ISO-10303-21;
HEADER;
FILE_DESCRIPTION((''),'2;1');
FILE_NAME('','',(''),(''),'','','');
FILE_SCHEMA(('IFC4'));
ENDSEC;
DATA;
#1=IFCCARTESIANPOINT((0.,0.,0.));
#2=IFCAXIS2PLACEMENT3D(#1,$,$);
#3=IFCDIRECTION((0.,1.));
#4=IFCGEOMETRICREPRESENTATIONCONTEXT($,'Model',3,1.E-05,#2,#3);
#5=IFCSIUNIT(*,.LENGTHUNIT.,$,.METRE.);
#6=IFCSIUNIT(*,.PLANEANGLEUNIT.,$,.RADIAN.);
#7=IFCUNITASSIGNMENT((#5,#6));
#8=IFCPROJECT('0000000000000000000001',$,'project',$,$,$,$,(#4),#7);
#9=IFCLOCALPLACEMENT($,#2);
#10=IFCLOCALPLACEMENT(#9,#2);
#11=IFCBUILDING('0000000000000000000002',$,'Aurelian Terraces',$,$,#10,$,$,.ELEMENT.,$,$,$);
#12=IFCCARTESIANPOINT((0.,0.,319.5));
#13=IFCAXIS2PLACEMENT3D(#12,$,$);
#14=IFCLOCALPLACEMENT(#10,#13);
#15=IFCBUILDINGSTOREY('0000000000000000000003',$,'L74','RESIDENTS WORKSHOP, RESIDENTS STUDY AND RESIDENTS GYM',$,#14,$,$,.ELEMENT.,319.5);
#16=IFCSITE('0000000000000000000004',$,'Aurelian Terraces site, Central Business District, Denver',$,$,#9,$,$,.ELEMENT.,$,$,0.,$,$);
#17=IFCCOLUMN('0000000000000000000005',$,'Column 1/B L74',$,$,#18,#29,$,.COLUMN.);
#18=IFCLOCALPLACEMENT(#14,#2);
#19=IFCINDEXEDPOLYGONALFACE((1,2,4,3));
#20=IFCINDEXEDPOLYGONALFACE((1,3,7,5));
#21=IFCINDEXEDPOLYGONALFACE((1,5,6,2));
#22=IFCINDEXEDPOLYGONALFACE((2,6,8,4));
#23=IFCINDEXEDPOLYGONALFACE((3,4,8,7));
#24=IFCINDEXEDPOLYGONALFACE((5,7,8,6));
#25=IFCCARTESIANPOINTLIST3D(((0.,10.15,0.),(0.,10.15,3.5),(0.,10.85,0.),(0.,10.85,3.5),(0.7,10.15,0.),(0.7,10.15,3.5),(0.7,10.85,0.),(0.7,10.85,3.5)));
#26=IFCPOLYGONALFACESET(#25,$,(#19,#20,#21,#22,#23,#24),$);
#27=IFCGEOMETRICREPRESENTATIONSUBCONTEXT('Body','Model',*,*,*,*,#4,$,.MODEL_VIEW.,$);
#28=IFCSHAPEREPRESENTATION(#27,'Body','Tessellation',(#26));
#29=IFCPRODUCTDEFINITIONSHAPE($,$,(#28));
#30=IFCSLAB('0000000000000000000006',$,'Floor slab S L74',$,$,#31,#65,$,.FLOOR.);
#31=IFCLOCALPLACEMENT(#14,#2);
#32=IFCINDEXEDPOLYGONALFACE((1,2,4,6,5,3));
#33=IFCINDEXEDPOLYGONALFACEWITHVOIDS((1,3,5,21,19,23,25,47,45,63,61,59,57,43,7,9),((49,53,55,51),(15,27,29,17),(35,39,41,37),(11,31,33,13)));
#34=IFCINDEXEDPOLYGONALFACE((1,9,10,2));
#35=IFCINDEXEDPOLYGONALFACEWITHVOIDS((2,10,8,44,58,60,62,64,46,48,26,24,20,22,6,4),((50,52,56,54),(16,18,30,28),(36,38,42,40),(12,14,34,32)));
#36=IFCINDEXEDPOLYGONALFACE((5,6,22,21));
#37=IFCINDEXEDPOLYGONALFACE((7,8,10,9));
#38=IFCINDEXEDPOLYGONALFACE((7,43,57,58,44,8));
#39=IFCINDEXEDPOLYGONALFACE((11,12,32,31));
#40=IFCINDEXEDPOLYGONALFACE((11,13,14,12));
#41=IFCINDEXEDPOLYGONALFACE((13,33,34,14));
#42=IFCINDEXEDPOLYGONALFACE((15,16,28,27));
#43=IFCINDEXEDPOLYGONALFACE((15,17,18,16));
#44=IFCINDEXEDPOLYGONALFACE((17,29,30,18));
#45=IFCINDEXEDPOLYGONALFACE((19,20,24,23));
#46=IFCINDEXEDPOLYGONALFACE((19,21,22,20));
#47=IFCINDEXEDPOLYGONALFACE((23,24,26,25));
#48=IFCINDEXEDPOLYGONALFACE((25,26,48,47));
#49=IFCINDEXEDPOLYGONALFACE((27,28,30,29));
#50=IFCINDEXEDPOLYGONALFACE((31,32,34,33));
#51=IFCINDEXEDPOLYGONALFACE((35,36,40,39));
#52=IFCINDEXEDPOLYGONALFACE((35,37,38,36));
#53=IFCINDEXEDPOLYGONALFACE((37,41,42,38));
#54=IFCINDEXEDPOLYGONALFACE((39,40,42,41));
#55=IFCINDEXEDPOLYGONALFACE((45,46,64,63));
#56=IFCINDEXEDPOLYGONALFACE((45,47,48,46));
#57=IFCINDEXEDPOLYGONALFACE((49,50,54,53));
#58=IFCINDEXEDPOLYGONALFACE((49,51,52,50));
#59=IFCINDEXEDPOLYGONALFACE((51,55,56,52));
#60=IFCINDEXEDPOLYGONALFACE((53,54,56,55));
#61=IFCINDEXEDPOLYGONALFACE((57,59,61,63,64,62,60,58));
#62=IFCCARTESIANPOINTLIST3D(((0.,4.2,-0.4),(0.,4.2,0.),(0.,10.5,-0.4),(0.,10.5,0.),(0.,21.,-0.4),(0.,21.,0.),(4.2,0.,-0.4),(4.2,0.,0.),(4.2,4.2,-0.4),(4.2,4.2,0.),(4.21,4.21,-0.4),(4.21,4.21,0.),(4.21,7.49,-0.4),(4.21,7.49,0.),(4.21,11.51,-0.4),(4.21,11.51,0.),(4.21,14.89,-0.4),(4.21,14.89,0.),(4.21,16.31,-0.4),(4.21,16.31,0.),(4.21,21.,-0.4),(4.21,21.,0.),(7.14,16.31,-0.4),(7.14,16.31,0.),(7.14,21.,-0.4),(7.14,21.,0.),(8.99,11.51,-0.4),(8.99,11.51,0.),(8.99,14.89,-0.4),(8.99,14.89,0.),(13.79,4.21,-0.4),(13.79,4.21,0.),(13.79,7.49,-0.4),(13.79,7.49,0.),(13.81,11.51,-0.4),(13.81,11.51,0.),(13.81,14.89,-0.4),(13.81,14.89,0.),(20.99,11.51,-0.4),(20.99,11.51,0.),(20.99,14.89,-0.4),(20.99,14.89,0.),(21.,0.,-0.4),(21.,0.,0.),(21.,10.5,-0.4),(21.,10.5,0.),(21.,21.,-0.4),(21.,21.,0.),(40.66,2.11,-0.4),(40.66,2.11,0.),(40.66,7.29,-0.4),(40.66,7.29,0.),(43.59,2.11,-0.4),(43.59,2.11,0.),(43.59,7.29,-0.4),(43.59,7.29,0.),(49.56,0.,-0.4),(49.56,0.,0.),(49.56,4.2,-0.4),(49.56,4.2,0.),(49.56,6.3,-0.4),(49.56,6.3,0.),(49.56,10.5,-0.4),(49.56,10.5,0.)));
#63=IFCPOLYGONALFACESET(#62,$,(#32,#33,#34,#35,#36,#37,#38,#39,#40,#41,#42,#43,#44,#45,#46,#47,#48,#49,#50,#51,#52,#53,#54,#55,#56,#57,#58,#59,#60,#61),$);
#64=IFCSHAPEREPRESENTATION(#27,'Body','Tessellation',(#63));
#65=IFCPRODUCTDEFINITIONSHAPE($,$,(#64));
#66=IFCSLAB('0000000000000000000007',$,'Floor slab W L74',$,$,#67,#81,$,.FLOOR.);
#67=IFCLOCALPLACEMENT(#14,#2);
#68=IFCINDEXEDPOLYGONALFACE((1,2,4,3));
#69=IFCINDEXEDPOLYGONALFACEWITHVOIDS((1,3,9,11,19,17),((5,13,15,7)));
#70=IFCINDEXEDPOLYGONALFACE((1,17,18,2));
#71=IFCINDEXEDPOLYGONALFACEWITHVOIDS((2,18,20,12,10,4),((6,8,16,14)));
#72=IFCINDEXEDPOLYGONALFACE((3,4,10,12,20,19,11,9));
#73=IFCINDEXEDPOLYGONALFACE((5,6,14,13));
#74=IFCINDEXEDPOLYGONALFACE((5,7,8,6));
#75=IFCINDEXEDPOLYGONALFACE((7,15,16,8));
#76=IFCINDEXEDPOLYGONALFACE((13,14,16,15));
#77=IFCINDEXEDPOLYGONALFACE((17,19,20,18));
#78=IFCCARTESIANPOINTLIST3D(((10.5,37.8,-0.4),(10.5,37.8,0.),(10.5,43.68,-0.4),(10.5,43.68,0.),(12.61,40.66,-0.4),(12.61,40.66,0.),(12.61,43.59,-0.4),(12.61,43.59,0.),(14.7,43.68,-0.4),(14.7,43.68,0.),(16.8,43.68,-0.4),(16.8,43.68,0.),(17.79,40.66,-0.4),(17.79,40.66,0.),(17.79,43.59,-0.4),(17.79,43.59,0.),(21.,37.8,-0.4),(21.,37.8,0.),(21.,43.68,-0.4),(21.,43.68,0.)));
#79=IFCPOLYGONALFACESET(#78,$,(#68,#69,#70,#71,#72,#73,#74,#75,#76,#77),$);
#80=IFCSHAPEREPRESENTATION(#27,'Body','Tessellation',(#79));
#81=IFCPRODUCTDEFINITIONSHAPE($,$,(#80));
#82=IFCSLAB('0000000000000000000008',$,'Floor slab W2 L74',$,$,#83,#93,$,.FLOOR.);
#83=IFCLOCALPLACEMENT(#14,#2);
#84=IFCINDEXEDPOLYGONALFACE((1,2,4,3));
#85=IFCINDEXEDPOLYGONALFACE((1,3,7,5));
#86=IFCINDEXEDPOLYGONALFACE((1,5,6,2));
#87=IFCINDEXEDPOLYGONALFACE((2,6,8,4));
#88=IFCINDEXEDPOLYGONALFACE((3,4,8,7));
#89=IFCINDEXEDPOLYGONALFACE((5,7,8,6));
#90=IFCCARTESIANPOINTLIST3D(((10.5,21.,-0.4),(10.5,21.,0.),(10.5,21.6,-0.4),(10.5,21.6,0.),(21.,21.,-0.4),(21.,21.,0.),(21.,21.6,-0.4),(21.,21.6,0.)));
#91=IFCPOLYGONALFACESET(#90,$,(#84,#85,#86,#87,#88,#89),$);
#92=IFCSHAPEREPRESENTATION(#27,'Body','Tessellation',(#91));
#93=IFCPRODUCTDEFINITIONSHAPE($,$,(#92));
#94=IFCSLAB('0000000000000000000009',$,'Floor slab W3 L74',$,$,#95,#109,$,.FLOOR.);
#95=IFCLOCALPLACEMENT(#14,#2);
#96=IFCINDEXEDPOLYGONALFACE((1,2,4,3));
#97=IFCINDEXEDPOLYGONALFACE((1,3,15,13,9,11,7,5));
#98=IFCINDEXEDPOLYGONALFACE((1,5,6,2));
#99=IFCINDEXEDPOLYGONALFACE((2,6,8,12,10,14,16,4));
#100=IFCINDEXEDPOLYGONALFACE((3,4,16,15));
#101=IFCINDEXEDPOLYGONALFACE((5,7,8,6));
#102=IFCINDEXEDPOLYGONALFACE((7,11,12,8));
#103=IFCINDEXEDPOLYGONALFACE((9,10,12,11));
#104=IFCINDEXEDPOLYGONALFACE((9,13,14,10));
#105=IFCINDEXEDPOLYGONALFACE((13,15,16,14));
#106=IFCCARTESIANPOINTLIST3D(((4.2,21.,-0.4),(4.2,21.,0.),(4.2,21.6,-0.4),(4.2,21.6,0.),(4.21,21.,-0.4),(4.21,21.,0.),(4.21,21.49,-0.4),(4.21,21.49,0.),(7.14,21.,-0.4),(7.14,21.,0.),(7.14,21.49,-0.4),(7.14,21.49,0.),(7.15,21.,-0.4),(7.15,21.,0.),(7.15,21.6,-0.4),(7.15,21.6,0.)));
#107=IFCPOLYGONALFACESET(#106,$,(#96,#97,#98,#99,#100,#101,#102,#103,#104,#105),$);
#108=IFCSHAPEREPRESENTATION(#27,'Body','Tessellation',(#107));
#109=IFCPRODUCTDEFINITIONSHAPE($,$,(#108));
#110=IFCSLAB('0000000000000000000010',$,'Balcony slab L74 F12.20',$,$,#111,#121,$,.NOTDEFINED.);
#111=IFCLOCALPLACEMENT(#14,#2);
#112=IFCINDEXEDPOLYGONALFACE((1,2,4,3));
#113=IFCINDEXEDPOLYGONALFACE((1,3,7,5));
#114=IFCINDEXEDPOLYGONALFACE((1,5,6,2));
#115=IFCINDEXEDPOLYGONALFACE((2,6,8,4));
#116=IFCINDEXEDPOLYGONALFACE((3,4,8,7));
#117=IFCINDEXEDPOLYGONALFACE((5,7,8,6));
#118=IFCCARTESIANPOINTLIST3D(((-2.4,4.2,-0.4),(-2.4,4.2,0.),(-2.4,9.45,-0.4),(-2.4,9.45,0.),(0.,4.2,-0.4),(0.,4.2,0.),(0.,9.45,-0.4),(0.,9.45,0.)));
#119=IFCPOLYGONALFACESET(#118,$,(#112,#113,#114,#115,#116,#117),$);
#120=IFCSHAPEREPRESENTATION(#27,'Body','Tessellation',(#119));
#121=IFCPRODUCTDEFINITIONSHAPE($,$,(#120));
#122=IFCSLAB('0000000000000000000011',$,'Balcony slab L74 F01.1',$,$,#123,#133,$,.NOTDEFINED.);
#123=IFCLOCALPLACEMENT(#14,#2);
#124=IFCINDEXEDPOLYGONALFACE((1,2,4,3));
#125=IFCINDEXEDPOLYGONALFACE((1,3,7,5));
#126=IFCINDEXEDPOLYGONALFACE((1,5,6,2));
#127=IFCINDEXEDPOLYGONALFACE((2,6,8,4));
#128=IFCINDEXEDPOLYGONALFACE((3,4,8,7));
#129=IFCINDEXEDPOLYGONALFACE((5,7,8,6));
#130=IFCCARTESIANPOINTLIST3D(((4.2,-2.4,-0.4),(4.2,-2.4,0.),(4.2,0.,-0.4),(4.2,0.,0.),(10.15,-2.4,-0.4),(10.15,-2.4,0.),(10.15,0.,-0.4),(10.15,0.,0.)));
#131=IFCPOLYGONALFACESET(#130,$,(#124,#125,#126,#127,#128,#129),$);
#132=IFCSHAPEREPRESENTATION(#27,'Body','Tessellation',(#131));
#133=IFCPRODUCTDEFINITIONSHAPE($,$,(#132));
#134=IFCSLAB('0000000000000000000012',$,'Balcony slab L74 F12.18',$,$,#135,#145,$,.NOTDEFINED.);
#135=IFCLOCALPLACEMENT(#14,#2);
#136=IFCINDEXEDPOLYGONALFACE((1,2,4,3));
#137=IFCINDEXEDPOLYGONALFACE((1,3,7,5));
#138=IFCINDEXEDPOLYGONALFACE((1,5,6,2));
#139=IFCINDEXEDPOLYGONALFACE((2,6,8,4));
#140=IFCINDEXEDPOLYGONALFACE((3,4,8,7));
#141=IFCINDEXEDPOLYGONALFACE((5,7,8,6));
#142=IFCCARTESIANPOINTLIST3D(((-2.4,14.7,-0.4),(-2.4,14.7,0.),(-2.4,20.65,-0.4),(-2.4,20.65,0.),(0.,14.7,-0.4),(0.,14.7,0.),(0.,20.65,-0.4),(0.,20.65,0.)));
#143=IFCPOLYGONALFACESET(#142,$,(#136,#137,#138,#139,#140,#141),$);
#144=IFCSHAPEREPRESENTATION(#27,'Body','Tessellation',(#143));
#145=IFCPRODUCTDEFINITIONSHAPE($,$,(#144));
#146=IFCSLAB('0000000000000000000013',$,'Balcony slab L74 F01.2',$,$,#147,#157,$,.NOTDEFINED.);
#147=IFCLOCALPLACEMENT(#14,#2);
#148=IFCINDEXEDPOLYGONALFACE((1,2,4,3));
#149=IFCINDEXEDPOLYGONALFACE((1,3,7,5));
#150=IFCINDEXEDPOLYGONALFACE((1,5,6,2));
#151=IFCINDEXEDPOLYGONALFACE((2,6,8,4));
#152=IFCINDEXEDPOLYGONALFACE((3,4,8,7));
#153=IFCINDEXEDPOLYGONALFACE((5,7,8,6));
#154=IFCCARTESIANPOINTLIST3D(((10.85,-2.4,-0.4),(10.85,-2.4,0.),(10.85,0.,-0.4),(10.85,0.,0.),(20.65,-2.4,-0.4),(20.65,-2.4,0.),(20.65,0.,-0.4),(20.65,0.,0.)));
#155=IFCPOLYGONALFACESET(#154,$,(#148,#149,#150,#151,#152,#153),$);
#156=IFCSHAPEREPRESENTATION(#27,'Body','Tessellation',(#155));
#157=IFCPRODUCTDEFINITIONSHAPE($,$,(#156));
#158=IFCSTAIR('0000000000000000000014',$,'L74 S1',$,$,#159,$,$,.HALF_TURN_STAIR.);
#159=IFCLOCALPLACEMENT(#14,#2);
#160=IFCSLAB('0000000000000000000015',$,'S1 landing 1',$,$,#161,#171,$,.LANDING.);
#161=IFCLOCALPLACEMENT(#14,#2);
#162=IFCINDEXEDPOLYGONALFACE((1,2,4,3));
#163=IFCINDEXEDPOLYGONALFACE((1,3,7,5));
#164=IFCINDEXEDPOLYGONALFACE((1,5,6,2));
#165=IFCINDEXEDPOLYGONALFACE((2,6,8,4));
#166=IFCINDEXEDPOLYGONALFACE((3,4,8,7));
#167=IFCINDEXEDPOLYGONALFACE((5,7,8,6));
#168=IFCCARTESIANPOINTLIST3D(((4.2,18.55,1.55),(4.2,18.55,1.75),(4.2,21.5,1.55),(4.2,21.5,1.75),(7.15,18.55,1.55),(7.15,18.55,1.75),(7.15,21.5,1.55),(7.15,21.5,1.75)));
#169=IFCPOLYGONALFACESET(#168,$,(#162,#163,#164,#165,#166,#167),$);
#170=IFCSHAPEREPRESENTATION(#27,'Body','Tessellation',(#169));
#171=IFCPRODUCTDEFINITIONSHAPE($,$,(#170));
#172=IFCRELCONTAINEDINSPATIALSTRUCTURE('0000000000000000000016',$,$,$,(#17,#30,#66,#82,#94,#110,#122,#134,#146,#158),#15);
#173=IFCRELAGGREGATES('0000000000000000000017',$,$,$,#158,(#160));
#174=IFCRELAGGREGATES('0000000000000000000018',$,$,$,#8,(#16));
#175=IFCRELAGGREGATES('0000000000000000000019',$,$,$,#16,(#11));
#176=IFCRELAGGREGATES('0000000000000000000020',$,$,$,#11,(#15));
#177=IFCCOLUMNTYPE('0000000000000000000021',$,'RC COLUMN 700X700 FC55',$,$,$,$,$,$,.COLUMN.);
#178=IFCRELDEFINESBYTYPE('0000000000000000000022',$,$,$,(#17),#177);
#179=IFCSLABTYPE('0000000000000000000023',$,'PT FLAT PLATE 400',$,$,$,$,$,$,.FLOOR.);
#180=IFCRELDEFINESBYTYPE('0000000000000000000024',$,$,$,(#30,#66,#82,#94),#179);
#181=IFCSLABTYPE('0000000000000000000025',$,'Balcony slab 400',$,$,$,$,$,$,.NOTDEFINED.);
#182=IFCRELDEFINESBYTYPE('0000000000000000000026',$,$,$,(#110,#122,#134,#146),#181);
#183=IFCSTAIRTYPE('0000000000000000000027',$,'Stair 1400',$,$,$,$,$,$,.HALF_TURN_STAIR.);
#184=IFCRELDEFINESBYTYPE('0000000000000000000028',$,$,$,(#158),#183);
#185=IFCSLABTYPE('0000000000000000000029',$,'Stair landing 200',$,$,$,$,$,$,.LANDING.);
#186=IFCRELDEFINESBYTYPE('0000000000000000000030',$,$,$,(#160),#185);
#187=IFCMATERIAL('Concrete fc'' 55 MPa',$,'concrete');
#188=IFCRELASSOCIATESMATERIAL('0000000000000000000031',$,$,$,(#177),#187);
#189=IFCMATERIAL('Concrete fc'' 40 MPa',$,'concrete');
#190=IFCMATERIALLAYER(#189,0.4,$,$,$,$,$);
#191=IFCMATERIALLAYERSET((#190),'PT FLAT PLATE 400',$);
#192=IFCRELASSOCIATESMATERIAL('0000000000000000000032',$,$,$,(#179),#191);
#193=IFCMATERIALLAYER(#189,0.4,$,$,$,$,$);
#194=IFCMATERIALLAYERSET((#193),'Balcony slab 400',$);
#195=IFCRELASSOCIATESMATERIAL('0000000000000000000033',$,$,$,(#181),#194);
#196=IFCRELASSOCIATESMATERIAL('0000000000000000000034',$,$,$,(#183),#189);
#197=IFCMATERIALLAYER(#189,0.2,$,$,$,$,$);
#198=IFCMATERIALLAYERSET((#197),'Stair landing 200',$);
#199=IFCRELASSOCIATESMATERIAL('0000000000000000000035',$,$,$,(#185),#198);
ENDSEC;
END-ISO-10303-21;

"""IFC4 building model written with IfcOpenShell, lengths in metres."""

from ifc_helpers import new_model, si_unit, direction, frame, origin, origin_2d, place, context, subcontext, project, spatial, polyline, rectangle, outline, extrude, source, transform, mapped, material, layer, layer_set, material_profile, profile_set, type_object, element, aggregate, save


model = new_model("IFC4")

# Units and contexts
model_context = context("Model", 3, precision=1e-05, world=origin(), true_north=direction((0.0, 1.0)))
body_context = subcontext(model_context, "Body", "Model", "MODEL_VIEW")
ifc_project = project(units=[si_unit("LENGTHUNIT", "METRE"), si_unit("PLANEANGLEUNIT", "RADIAN")], contexts=[model_context])

# Site, building, storey
site_placement = place(None, origin())
site = spatial("IfcSite", under=ifc_project, at=site_placement, Name="Aurelian Terraces site, Central Business District, Denver", CompositionType="ELEMENT", RefElevation=0.0)
building_placement = place(site_placement, origin())
building = spatial("IfcBuilding", under=site, at=building_placement, Name="Aurelian Terraces", CompositionType="ELEMENT")
storey_placement = place(building_placement, frame((0.0, 0.0, 319.5)))
storey = spatial("IfcBuildingStorey", under=building, at=storey_placement, Name="L74", Description="RESIDENTS WORKSHOP, RESIDENTS STUDY AND RESIDENTS GYM", CompositionType="ELEMENT", Elevation=319.5)

# Column
ifc_material_1 = material(Name="Concrete fc' 55 MPa", Category="concrete")
ifc_material_profile = material_profile(ifc_material_1, rectangle(XDim=0.7, YDim=0.7, at=origin_2d()))
ifc_profile_set = profile_set([ifc_material_profile], Name="Concrete fc' 55 MPa")
column_type = type_object("IfcColumnType", Name="RC COLUMN 700X700 FC55", PredefinedType="COLUMN", material=ifc_profile_set)
shared_shape_1 = source(origin(), body_context, "Body", "SweptSolid", [
    extrude(rectangle(XDim=0.7, YDim=0.7, at=origin_2d()), origin(), (0.0, 0.0, 1.0), 3.5),
])
column_placement = place(storey_placement, frame((0.35, 10.5, 0.0), z_axis=(0.0, 0.0, 1.0), x_axis=(1.0, 0.0, 0.0)))
element("IfcColumn", 1, at=column_placement, inside=storey, type_object=column_type, Name="Column 1/B L74", PredefinedType="COLUMN", context=body_context, shape_type="MappedRepresentation", body=[
    mapped(shared_shape_1, transform((0.0, 0.0, 0.0), scale=1.0)),
])

# Slabs
ifc_material_2 = material(Name="Concrete fc' 40 MPa", Category="concrete")
ifc_layer_1 = layer(ifc_material_2, 0.4)
ifc_layer_set_1 = layer_set([ifc_layer_1], Name="PT FLAT PLATE 400")
slab_type_1 = type_object("IfcSlabType", Name="PT FLAT PLATE 400", PredefinedType="FLOOR", material=ifc_layer_set_1)
shared_shape_2 = source(origin(), body_context, "Body", "SweptSolid", [
    extrude(outline(polyline([(21.0, 0.0), (4.2, 0.0), (4.2, 4.2), (0.0, 4.2), (0.0, 10.5), (0.0, 21.0), (4.21, 21.0), (4.21, 16.31), (7.14, 16.31), (7.14, 21.0), (21.0, 21.0), (21.0, 10.5), (49.56, 10.5), (49.56, 6.3), (49.56, 4.2), (49.56, 0.0), (21.0, 0.0)]), holes=[polyline([(40.66, 2.11), (43.59, 2.11), (43.59, 7.29), (40.66, 7.29), (40.66, 2.11)]), polyline([(13.81, 14.89), (13.81, 11.51), (20.99, 11.51), (20.99, 14.89), (13.81, 14.89)]), polyline([(4.21, 7.49), (4.21, 4.21), (13.79, 4.21), (13.79, 7.49), (4.21, 7.49)]), polyline([(8.99, 11.51), (8.99, 14.89), (4.21, 14.89), (4.21, 11.51), (8.99, 11.51)])]), origin(), (0.0, 0.0, 1.0), 0.4),
])
slab_1_placement = place(storey_placement, frame((0.0, 0.0, -0.4)))
element("IfcSlab", 2, at=slab_1_placement, inside=storey, type_object=slab_type_1, Name="Floor slab S L74", PredefinedType="FLOOR", context=body_context, shape_type="MappedRepresentation", body=[
    mapped(shared_shape_2, transform((0.0, 0.0, 0.0), scale=1.0)),
])
shared_shape_3 = source(origin(), body_context, "Body", "SweptSolid", [
    extrude(outline(polyline([(14.7, 43.68), (16.8, 43.68), (21.0, 43.68), (21.0, 37.8), (10.5, 37.8), (10.5, 43.68), (14.7, 43.68)]), holes=[polyline([(17.79, 43.59), (12.61, 43.59), (12.61, 40.66), (17.79, 40.66), (17.79, 43.59)])]), origin(), (0.0, 0.0, 1.0), 0.4),
])
slab_2_placement = place(storey_placement, frame((0.0, 0.0, -0.4)))
element("IfcSlab", 3, at=slab_2_placement, inside=storey, type_object=slab_type_1, Name="Floor slab W L74", PredefinedType="FLOOR", context=body_context, shape_type="MappedRepresentation", body=[
    mapped(shared_shape_3, transform((0.0, 0.0, 0.0), scale=1.0)),
])
shared_shape_4 = source(origin(), body_context, "Body", "SweptSolid", [
    extrude(outline(polyline([(21.0, 21.6), (21.0, 21.0), (10.5, 21.0), (10.5, 21.6), (21.0, 21.6)])), origin(), (0.0, 0.0, 1.0), 0.4),
])
slab_3_placement = place(storey_placement, frame((0.0, 0.0, -0.4)))
element("IfcSlab", 4, at=slab_3_placement, inside=storey, type_object=slab_type_1, Name="Floor slab W2 L74", PredefinedType="FLOOR", context=body_context, shape_type="MappedRepresentation", body=[
    mapped(shared_shape_4, transform((0.0, 0.0, 0.0), scale=1.0)),
])
shared_shape_5 = source(origin(), body_context, "Body", "SweptSolid", [
    extrude(outline(polyline([(4.2, 21.6), (7.15, 21.6), (7.15, 21.0), (7.14, 21.0), (7.14, 21.49), (4.21, 21.49), (4.21, 21.0), (4.2, 21.0), (4.2, 21.6)])), origin(), (0.0, 0.0, 1.0), 0.4),
])
slab_4_placement = place(storey_placement, frame((0.0, 0.0, -0.4)))
element("IfcSlab", 5, at=slab_4_placement, inside=storey, type_object=slab_type_1, Name="Floor slab W3 L74", PredefinedType="FLOOR", context=body_context, shape_type="MappedRepresentation", body=[
    mapped(shared_shape_5, transform((0.0, 0.0, 0.0), scale=1.0)),
])
ifc_layer_2 = layer(ifc_material_2, 0.4)
ifc_layer_set_2 = layer_set([ifc_layer_2], Name="Balcony slab 400")
slab_type_2 = type_object("IfcSlabType", Name="Balcony slab 400", PredefinedType="NOTDEFINED", material=ifc_layer_set_2)
shared_shape_6 = source(origin(), body_context, "Body", "SweptSolid", [
    extrude(outline(polyline([(0.0, 9.45), (0.0, 4.2), (-2.4, 4.2), (-2.4, 9.45), (0.0, 9.45)])), origin(), (0.0, 0.0, 1.0), 0.4),
])
slab_5_placement = place(storey_placement, frame((0.0, 0.0, -0.4)))
element("IfcSlab", 6, at=slab_5_placement, inside=storey, type_object=slab_type_2, Name="Balcony slab L74 F12.20", PredefinedType="NOTDEFINED", context=body_context, shape_type="MappedRepresentation", body=[
    mapped(shared_shape_6, transform((0.0, 0.0, 0.0), scale=1.0)),
])
shared_shape_7 = source(origin(), body_context, "Body", "SweptSolid", [
    extrude(outline(polyline([(4.2, 0.0), (10.15, 0.0), (10.15, -2.4), (4.2, -2.4), (4.2, 0.0)])), origin(), (0.0, 0.0, 1.0), 0.4),
])
slab_6_placement = place(storey_placement, frame((0.0, 0.0, -0.4)))
element("IfcSlab", 7, at=slab_6_placement, inside=storey, type_object=slab_type_2, Name="Balcony slab L74 F01.1", PredefinedType="NOTDEFINED", context=body_context, shape_type="MappedRepresentation", body=[
    mapped(shared_shape_7, transform((0.0, 0.0, 0.0), scale=1.0)),
])
shared_shape_8 = source(origin(), body_context, "Body", "SweptSolid", [
    extrude(outline(polyline([(0.0, 20.65), (0.0, 14.7), (-2.4, 14.7), (-2.4, 20.65), (0.0, 20.65)])), origin(), (0.0, 0.0, 1.0), 0.4),
])
slab_7_placement = place(storey_placement, frame((0.0, 0.0, -0.4)))
element("IfcSlab", 8, at=slab_7_placement, inside=storey, type_object=slab_type_2, Name="Balcony slab L74 F12.18", PredefinedType="NOTDEFINED", context=body_context, shape_type="MappedRepresentation", body=[
    mapped(shared_shape_8, transform((0.0, 0.0, 0.0), scale=1.0)),
])
shared_shape_9 = source(origin(), body_context, "Body", "SweptSolid", [
    extrude(outline(polyline([(10.85, 0.0), (20.65, 0.0), (20.65, -2.4), (10.85, -2.4), (10.85, 0.0)])), origin(), (0.0, 0.0, 1.0), 0.4),
])
slab_8_placement = place(storey_placement, frame((0.0, 0.0, -0.4)))
element("IfcSlab", 9, at=slab_8_placement, inside=storey, type_object=slab_type_2, Name="Balcony slab L74 F01.2", PredefinedType="NOTDEFINED", context=body_context, shape_type="MappedRepresentation", body=[
    mapped(shared_shape_9, transform((0.0, 0.0, 0.0), scale=1.0)),
])

# Stair, slab
stair_type = type_object("IfcStairType", Name="Stair 1400", PredefinedType="HALF_TURN_STAIR", material=ifc_material_2)
stair_1_placement = place(storey_placement, origin())
stair_1 = element("IfcStair", 10, at=stair_1_placement, inside=storey, type_object=stair_type, Name="L74 S1", PredefinedType="HALF_TURN_STAIR")
ifc_layer_3 = layer(ifc_material_2, 0.2)
ifc_layer_set_3 = layer_set([ifc_layer_3], Name="Stair landing 200")
slab_type_3 = type_object("IfcSlabType", Name="Stair landing 200", PredefinedType="LANDING", material=ifc_layer_set_3)
shared_shape_10 = source(origin(), body_context, "Body", "SweptSolid", [
    extrude(outline(polyline([(7.15, 18.55), (7.15, 21.5), (4.2, 21.5), (4.2, 18.55), (7.15, 18.55)])), origin(), (0.0, 0.0, 1.0), 0.2),
])
slab_9_placement = place(storey_placement, frame((0.0, 0.0, 1.55)))
slab_9 = element("IfcSlab", 11, at=slab_9_placement, type_object=slab_type_3, Name="S1 landing 1", PredefinedType="LANDING", context=body_context, shape_type="MappedRepresentation", body=[
    mapped(shared_shape_10, transform((0.0, 0.0, 0.0), scale=1.0)),
])
aggregate(stair_1, [slab_9])

save(model, "model.ifc")
